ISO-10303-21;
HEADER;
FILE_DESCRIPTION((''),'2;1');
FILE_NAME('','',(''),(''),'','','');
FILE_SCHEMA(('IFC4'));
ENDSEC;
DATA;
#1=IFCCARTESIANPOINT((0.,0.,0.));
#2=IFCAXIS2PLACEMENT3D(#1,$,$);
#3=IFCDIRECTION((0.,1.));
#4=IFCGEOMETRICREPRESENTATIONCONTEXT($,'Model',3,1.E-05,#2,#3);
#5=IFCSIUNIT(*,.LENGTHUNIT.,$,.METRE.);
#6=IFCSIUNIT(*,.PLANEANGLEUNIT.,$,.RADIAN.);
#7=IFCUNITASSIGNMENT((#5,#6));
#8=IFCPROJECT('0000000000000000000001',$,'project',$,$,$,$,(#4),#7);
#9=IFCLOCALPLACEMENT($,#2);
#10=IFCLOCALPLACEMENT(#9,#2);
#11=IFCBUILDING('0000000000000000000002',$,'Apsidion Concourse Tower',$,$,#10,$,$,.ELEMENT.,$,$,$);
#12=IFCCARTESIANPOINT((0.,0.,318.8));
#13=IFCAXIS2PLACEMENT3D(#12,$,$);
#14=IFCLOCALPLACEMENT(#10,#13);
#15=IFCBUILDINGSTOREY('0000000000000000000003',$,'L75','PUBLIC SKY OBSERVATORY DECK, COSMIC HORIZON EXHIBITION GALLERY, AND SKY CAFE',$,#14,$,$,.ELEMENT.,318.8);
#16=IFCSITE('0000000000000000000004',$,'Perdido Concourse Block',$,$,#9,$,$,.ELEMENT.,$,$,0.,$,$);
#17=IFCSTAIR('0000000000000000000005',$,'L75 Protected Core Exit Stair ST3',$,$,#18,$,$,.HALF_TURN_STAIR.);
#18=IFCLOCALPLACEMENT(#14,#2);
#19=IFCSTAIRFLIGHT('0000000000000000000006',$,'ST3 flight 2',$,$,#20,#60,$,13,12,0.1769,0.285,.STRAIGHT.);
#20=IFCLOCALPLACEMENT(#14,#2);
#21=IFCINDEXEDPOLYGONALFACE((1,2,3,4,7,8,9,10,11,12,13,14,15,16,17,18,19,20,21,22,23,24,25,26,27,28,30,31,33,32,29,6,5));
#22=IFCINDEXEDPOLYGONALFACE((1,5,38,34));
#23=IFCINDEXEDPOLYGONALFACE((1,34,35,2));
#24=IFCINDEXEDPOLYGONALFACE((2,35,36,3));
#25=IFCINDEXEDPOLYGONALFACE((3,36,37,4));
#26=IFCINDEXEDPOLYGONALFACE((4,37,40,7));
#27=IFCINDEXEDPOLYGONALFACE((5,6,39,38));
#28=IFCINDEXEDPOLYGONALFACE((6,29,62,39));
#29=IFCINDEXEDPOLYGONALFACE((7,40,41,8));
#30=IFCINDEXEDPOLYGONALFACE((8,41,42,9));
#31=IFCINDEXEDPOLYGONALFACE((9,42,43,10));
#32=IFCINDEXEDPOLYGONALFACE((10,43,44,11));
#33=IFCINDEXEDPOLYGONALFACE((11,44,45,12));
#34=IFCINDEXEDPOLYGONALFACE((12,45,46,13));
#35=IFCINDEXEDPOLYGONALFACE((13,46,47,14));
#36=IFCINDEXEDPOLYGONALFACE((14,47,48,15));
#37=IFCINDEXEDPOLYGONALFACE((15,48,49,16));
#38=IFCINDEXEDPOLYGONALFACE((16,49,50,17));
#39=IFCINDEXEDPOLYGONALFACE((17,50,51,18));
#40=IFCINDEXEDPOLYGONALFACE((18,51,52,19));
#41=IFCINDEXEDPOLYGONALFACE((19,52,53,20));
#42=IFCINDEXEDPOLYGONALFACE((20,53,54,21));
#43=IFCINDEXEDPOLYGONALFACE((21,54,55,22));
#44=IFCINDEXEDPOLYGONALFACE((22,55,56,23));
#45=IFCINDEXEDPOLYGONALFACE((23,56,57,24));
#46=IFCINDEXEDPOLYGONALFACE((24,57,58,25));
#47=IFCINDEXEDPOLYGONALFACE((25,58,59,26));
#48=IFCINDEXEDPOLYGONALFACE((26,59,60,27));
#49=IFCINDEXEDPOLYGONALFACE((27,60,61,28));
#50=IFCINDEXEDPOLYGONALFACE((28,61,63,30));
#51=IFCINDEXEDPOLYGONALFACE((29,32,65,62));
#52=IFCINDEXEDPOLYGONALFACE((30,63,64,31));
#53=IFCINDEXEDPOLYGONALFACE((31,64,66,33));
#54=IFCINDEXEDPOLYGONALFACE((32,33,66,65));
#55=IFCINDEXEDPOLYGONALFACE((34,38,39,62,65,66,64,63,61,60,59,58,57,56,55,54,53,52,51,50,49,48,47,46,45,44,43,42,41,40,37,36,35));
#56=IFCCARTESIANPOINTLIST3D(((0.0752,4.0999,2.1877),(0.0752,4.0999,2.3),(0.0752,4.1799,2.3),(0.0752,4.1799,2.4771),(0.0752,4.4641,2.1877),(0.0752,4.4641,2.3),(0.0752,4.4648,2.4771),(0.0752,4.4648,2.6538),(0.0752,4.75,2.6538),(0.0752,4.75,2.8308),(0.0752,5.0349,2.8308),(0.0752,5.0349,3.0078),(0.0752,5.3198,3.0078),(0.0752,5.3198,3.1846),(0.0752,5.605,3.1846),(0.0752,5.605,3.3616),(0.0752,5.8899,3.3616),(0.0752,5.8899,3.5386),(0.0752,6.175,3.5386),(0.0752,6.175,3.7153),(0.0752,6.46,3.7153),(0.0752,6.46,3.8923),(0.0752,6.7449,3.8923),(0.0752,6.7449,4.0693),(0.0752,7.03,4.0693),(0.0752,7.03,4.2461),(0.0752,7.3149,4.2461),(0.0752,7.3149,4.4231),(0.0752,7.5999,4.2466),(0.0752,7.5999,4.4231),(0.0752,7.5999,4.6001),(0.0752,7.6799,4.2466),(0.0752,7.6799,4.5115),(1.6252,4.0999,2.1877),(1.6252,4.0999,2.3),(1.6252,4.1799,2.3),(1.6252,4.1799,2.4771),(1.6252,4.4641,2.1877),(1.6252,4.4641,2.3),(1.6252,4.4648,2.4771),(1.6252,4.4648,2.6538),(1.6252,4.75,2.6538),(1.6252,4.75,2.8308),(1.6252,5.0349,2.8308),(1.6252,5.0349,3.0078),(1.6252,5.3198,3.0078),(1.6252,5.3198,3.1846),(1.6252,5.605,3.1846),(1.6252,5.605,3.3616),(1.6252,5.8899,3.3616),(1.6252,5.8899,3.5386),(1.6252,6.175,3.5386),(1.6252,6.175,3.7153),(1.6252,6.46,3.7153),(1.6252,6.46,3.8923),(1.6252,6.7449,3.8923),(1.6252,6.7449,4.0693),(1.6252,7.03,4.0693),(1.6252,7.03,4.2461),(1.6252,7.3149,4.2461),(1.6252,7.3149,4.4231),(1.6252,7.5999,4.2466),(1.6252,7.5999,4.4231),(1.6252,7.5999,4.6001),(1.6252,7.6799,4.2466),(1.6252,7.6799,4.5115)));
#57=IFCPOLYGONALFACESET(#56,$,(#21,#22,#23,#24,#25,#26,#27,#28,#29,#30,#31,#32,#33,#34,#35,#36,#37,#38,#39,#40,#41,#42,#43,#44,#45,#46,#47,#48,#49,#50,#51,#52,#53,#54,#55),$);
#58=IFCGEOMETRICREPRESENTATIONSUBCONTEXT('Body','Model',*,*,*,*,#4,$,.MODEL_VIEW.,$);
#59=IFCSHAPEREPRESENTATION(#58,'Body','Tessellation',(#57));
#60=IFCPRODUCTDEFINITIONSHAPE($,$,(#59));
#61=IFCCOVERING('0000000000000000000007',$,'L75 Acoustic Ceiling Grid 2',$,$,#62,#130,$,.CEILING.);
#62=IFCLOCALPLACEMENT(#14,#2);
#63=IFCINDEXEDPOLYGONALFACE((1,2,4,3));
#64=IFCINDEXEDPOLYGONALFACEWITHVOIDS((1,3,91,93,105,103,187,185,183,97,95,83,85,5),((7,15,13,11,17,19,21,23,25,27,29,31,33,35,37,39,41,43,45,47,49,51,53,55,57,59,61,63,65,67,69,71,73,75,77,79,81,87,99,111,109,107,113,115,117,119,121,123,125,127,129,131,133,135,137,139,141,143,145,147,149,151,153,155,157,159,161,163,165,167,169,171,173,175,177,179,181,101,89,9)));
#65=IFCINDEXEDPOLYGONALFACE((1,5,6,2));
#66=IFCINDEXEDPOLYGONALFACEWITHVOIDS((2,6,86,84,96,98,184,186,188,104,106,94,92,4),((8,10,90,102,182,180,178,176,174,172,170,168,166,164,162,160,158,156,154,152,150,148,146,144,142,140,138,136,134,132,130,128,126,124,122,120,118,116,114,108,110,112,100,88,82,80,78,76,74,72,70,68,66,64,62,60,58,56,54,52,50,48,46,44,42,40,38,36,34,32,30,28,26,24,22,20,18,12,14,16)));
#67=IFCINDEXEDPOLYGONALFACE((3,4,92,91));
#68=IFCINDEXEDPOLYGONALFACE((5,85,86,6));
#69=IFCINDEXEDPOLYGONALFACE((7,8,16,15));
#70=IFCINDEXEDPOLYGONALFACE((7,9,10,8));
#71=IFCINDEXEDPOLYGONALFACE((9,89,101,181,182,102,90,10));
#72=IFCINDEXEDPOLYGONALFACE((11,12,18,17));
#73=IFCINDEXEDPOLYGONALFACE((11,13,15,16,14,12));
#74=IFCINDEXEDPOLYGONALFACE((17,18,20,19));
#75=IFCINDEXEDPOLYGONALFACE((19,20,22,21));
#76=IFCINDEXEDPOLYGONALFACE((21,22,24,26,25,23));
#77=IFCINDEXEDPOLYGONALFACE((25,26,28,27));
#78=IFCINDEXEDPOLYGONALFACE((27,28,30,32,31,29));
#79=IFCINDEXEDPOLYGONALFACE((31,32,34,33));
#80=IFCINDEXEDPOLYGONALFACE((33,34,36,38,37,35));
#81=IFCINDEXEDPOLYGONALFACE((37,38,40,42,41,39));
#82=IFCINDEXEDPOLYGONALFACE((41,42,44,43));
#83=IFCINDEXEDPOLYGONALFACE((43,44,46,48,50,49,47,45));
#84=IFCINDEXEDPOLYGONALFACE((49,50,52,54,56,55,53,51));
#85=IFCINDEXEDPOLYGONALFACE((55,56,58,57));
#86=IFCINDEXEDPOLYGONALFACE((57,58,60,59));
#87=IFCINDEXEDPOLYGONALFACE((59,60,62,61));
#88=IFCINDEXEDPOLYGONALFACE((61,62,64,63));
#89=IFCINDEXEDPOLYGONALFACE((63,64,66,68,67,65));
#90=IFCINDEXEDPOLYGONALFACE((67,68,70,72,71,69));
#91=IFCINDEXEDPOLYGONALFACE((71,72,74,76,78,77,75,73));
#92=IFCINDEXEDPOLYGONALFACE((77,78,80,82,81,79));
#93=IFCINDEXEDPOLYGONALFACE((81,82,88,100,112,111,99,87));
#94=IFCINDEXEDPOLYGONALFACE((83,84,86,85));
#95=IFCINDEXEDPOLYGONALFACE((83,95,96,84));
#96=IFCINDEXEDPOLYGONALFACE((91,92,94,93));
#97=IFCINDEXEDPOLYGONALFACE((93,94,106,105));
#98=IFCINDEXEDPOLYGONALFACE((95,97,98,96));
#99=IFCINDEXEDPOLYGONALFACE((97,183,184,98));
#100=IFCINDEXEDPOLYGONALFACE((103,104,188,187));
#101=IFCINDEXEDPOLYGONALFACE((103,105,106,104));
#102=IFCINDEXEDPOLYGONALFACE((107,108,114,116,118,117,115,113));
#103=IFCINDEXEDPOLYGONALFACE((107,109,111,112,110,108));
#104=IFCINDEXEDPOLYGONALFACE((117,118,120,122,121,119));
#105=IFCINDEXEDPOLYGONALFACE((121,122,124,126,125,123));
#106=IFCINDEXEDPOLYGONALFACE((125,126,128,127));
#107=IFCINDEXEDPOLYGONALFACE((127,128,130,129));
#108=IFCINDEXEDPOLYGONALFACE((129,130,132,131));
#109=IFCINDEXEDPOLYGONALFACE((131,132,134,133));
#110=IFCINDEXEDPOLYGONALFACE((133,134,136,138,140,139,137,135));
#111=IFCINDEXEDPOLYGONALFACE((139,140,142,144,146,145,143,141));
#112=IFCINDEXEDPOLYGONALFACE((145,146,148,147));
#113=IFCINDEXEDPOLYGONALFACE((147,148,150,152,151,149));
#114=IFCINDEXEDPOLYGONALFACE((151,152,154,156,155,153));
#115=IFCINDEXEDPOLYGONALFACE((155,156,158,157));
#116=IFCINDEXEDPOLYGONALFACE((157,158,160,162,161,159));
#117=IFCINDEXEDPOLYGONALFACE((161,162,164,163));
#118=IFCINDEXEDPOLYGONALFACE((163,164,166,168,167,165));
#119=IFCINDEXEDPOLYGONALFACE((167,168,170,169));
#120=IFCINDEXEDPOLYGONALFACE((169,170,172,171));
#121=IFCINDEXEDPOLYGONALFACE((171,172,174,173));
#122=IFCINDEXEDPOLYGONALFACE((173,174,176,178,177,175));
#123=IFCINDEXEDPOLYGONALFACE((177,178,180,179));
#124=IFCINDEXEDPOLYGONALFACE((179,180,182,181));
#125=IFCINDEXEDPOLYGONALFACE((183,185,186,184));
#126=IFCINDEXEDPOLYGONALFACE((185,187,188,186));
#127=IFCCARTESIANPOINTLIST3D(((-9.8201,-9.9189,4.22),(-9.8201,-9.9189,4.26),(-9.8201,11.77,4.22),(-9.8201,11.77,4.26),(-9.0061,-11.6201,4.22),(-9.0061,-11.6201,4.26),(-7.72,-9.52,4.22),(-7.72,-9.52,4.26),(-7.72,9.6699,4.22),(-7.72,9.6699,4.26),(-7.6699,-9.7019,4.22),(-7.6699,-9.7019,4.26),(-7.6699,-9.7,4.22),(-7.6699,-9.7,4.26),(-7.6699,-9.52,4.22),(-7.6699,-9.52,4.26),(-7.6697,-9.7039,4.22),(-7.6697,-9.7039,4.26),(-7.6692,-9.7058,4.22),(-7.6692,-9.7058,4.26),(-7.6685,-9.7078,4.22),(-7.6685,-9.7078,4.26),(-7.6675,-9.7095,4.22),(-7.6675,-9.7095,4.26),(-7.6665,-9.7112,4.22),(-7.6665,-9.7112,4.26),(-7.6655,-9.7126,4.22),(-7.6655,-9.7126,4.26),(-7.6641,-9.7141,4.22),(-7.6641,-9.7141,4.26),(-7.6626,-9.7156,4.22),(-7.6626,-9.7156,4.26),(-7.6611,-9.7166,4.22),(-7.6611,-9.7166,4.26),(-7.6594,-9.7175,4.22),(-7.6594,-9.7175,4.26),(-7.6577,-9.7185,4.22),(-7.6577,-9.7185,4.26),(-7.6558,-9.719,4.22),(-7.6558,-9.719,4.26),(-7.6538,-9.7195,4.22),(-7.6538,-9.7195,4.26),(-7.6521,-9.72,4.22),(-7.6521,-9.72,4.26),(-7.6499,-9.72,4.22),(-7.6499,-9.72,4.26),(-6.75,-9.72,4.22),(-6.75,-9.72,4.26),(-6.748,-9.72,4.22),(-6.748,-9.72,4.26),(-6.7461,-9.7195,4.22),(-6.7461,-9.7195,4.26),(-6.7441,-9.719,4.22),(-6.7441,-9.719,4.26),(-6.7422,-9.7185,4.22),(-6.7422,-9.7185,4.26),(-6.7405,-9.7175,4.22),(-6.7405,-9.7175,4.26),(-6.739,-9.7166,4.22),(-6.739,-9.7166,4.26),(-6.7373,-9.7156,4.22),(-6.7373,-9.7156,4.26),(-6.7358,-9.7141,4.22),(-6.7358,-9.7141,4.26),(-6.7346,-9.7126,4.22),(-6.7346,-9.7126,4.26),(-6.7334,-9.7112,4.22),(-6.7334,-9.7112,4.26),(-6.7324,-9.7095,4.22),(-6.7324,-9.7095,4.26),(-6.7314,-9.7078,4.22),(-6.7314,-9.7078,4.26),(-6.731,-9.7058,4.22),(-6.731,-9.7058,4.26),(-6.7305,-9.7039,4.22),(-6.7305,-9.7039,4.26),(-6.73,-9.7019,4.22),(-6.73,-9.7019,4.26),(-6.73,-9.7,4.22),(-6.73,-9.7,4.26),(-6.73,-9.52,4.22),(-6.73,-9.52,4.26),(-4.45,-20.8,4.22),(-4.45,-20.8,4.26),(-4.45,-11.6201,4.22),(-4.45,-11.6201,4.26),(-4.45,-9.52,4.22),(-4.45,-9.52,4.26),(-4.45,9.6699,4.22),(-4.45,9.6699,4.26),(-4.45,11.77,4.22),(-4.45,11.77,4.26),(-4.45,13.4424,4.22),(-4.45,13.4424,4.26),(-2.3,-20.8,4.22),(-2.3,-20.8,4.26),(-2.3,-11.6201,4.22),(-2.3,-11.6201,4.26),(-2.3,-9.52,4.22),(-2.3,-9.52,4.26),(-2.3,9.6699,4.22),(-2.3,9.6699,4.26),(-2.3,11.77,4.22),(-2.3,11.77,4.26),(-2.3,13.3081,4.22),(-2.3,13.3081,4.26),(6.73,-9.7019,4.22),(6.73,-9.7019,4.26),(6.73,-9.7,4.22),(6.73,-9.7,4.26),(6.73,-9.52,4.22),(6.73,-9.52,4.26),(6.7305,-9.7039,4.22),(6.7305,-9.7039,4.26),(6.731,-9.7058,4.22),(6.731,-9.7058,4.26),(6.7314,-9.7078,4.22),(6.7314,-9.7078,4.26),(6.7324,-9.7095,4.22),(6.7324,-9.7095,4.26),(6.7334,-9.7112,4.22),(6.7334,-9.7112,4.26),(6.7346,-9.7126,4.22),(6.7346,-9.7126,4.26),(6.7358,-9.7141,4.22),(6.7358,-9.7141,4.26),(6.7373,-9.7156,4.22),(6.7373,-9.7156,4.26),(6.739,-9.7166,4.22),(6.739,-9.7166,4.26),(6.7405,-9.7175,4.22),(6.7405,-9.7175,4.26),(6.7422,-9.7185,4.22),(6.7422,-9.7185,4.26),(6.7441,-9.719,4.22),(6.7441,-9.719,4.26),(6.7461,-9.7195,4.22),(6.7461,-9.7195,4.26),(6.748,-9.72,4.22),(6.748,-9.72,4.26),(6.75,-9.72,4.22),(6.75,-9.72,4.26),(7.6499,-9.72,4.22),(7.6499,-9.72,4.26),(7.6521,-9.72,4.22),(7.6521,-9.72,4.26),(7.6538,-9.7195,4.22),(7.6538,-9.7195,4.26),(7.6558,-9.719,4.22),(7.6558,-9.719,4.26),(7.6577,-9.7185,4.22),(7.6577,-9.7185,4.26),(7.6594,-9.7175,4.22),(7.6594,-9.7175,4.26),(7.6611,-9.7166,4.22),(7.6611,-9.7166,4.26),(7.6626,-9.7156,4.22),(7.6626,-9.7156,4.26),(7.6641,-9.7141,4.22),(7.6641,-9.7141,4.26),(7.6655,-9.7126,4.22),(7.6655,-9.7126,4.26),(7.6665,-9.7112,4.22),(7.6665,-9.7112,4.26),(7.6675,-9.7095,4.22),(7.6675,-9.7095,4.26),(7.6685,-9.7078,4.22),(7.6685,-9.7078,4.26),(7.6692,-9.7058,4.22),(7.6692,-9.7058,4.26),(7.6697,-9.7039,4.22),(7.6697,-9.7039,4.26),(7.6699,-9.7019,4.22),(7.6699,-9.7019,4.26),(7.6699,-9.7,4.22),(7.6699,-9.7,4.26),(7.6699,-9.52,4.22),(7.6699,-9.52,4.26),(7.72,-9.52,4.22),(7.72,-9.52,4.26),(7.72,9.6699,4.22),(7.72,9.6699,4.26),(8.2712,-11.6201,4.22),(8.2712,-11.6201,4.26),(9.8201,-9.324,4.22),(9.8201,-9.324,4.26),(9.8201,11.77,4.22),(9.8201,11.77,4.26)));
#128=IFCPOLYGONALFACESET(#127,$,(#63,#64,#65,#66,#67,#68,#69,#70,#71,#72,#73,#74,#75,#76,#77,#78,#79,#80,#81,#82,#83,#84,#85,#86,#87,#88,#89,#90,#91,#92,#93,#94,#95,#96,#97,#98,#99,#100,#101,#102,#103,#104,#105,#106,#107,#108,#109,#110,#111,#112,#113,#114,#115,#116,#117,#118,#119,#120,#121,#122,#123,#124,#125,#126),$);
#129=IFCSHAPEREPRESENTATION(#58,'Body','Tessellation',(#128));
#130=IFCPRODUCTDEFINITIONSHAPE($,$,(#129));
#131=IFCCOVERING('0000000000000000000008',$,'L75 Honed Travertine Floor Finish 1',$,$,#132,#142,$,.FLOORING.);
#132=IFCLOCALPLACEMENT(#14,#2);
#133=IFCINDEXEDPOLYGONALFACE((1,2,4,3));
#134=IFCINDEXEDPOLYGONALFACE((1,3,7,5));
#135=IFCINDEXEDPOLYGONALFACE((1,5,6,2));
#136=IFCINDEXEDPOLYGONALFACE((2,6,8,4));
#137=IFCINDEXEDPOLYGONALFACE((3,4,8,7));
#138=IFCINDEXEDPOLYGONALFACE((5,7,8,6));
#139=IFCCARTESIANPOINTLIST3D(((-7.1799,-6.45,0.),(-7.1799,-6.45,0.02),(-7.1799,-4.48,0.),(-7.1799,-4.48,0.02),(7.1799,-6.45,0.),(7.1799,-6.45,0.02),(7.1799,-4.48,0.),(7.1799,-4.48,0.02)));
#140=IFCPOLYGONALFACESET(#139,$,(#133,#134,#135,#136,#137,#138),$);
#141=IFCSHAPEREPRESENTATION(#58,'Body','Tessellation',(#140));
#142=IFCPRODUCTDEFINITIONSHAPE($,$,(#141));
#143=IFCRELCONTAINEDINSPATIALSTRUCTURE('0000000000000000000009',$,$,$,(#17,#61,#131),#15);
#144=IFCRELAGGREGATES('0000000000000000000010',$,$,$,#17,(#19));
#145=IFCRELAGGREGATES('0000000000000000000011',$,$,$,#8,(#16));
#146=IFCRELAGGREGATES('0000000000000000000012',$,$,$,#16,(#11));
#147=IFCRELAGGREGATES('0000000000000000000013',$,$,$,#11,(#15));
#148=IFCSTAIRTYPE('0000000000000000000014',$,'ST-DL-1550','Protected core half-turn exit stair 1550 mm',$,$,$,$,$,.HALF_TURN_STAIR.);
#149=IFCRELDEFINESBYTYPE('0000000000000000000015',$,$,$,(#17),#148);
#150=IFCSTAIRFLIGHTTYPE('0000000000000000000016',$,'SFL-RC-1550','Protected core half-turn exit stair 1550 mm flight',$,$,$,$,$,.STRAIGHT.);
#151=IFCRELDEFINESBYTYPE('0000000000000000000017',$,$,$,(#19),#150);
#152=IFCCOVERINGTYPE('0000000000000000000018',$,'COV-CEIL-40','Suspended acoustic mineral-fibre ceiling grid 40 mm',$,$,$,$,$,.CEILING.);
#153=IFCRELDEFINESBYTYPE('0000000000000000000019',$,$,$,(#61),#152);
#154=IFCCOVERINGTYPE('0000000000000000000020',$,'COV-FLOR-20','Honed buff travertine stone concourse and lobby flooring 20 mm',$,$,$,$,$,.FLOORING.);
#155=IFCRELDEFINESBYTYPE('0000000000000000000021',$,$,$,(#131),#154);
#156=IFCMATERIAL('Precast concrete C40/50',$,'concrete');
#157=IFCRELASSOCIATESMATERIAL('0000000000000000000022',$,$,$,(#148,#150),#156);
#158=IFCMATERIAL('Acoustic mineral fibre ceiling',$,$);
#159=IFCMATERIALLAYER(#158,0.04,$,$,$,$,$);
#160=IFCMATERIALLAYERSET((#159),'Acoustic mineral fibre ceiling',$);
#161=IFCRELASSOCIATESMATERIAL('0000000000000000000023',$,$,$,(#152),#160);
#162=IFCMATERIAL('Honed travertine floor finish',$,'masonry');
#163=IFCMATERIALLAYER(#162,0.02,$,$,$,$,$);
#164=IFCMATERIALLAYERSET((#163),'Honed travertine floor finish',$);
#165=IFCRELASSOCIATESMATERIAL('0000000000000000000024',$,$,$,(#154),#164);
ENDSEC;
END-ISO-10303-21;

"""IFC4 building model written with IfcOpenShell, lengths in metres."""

from ifc_helpers import new_model, si_unit, direction, frame, origin, place, context, subcontext, project, spatial, polyline, outline, extrude, material, layer, layer_set, type_object, element, aggregate, save


model = new_model("IFC4")

# Units and contexts
model_context = context("Model", 3, precision=1e-05, world=origin(), true_north=direction((0.0, 1.0)))
body_context = subcontext(model_context, "Body", "Model", "MODEL_VIEW")
ifc_project = project(units=[si_unit("LENGTHUNIT", "METRE"), si_unit("PLANEANGLEUNIT", "RADIAN")], contexts=[model_context])

# Site, building, storey
site_placement = place(None, origin())
site = spatial("IfcSite", under=ifc_project, at=site_placement, Name="Perdido Concourse Block", CompositionType="ELEMENT", RefElevation=0.0)
building_placement = place(site_placement, origin())
building = spatial("IfcBuilding", under=site, at=building_placement, Name="Apsidion Concourse Tower", CompositionType="ELEMENT")
storey_placement = place(building_placement, frame((0.0, 0.0, 318.8)))
storey = spatial("IfcBuildingStorey", under=building, at=storey_placement, Name="L75", Description="PUBLIC SKY OBSERVATORY DECK, COSMIC HORIZON EXHIBITION GALLERY, AND SKY CAFE", CompositionType="ELEMENT", Elevation=318.8)

# Stair, stair flight
ifc_material_1 = material(Name="Precast concrete C40/50", Category="concrete")
stair_type = type_object("IfcStairType", Name="ST-DL-1550", Description="Protected core half-turn exit stair 1550 mm", PredefinedType="HALF_TURN_STAIR", material=ifc_material_1)
stair_flight_type = type_object("IfcStairFlightType", Name="SFL-RC-1550", Description="Protected core half-turn exit stair 1550 mm flight", PredefinedType="STRAIGHT", material=ifc_material_1)
stair_1_placement = place(storey_placement, origin())
stair_1 = element("IfcStair", 1, at=stair_1_placement, inside=storey, type_object=stair_type, Name="L75 Protected Core Exit Stair ST3", PredefinedType="HALF_TURN_STAIR")
stair_flight_1_placement = place(storey_placement, frame((0.8501, 4.1799, 2.3), z_axis=(0.0, 0.0, 1.0), x_axis=(0.0, 1.0, 0.0)))
stair_flight_1 = element("IfcStairFlight", 2, at=stair_flight_1_placement, type_object=stair_flight_type, Name="ST3 flight 2", NumberOfRisers=13, NumberOfTreads=12, PredefinedType="STRAIGHT", RiserHeight=0.1769, TreadLength=0.285, context=body_context, shape_type="SweptSolid", body=[
    extrude(outline(polyline([(-0.0801, -0.1123), (-0.0801, 0.0), (0.0, 0.0), (0.0, 0.177), (0.2849, 0.177), (0.2849, 0.3538), (0.5701, 0.3538), (0.5701, 0.5308), (0.855, 0.5308), (0.855, 0.7078), (1.1399, 0.7078), (1.1399, 0.8845), (1.425, 0.8845), (1.425, 1.0615), (1.71, 1.0615), (1.71, 1.2385), (1.9951, 1.2385), (1.9951, 1.4153), (2.28, 1.4153), (2.28, 1.5923), (2.5649, 1.5923), (2.5649, 1.7693), (2.8501, 1.7693), (2.8501, 1.946), (3.135, 1.946), (3.135, 2.123), (3.4199, 2.123), (3.4199, 2.3), (3.5, 2.2114), (3.5, 1.9465), (3.4199, 1.9465), (0.2842, 0.0), (0.2842, -0.1123), (-0.0801, -0.1123)])), frame((0.0, 0.7749, 0.0), z_axis=(0.0, -1.0, 0.0), x_axis=(1.0, 0.0, 0.0)), (0.0, 0.0, 1.0), 1.55),
])
aggregate(stair_1, [stair_flight_1])

# Coverings
ifc_material_2 = material(Name="Acoustic mineral fibre ceiling")
ifc_layer_1 = layer(ifc_material_2, 0.04)
ifc_layer_set_1 = layer_set([ifc_layer_1], Name="Acoustic mineral fibre ceiling")
covering_type_1 = type_object("IfcCoveringType", Name="COV-CEIL-40", Description="Suspended acoustic mineral-fibre ceiling grid 40 mm", PredefinedType="CEILING", material=ifc_layer_set_1)
covering_1_placement = place(storey_placement, frame((0.0, 0.0, 4.22)))
element("IfcCovering", 3, at=covering_1_placement, inside=storey, type_object=covering_type_1, Name="L75 Acoustic Ceiling Grid 2", PredefinedType="CEILING", context=body_context, shape_type="SweptSolid", body=[
    extrude(outline(polyline([(-9.0061, -11.6201), (-9.8201, -9.9189), (-9.8201, 11.77), (-4.45, 11.77), (-4.45, 13.4424), (-2.3, 13.3081), (-2.3, 11.77), (9.8201, 11.77), (9.8201, -9.324), (8.2712, -11.6201), (-2.3, -11.6201), (-2.3, -20.8), (-4.45, -20.8), (-4.45, -11.6201), (-9.0061, -11.6201)]), holes=[polyline([(-2.3, 9.6699), (-4.45, 9.6699), (-7.72, 9.6699), (-7.72, -9.52), (-7.6699, -9.52), (-7.6699, -9.7), (-7.6699, -9.7019), (-7.6697, -9.7039), (-7.6692, -9.7058), (-7.6685, -9.7078), (-7.6675, -9.7095), (-7.6665, -9.7112), (-7.6655, -9.7126), (-7.6641, -9.7141), (-7.6626, -9.7156), (-7.6611, -9.7166), (-7.6594, -9.7175), (-7.6577, -9.7185), (-7.6558, -9.719), (-7.6538, -9.7195), (-7.6521, -9.72), (-7.6499, -9.72), (-6.75, -9.72), (-6.748, -9.72), (-6.7461, -9.7195), (-6.7441, -9.719), (-6.7422, -9.7185), (-6.7405, -9.7175), (-6.739, -9.7166), (-6.7373, -9.7156), (-6.7358, -9.7141), (-6.7346, -9.7126), (-6.7334, -9.7112), (-6.7324, -9.7095), (-6.7314, -9.7078), (-6.731, -9.7058), (-6.7305, -9.7039), (-6.73, -9.7019), (-6.73, -9.7), (-6.73, -9.52), (-4.45, -9.52), (-2.3, -9.52), (6.73, -9.52), (6.73, -9.7), (6.73, -9.7019), (6.7305, -9.7039), (6.731, -9.7058), (6.7314, -9.7078), (6.7324, -9.7095), (6.7334, -9.7112), (6.7346, -9.7126), (6.7358, -9.7141), (6.7373, -9.7156), (6.739, -9.7166), (6.7405, -9.7175), (6.7422, -9.7185), (6.7441, -9.719), (6.7461, -9.7195), (6.748, -9.72), (6.75, -9.72), (7.6499, -9.72), (7.6521, -9.72), (7.6538, -9.7195), (7.6558, -9.719), (7.6577, -9.7185), (7.6594, -9.7175), (7.6611, -9.7166), (7.6626, -9.7156), (7.6641, -9.7141), (7.6655, -9.7126), (7.6665, -9.7112), (7.6675, -9.7095), (7.6685, -9.7078), (7.6692, -9.7058), (7.6697, -9.7039), (7.6699, -9.7019), (7.6699, -9.7), (7.6699, -9.52), (7.72, -9.52), (7.72, 9.6699), (-2.3, 9.6699)])]), origin(), (0.0, 0.0, 1.0), 0.04),
])
ifc_material_3 = material(Name="Honed travertine floor finish", Category="masonry")
ifc_layer_2 = layer(ifc_material_3, 0.02)
ifc_layer_set_2 = layer_set([ifc_layer_2], Name="Honed travertine floor finish")
covering_type_2 = type_object("IfcCoveringType", Name="COV-FLOR-20", Description="Honed buff travertine stone concourse and lobby flooring 20 mm", PredefinedType="FLOORING", material=ifc_layer_set_2)
covering_2_placement = place(storey_placement, origin())
element("IfcCovering", 4, at=covering_2_placement, inside=storey, type_object=covering_type_2, Name="L75 Honed Travertine Floor Finish 1", PredefinedType="FLOORING", context=body_context, shape_type="SweptSolid", body=[
    extrude(outline(polyline([(-7.1799, -6.45), (-7.1799, -4.48), (7.1799, -4.48), (7.1799, -6.45), (-7.1799, -6.45)])), origin(), (0.0, 0.0, 1.0), 0.02),
])

save(model, "model.ifc")
